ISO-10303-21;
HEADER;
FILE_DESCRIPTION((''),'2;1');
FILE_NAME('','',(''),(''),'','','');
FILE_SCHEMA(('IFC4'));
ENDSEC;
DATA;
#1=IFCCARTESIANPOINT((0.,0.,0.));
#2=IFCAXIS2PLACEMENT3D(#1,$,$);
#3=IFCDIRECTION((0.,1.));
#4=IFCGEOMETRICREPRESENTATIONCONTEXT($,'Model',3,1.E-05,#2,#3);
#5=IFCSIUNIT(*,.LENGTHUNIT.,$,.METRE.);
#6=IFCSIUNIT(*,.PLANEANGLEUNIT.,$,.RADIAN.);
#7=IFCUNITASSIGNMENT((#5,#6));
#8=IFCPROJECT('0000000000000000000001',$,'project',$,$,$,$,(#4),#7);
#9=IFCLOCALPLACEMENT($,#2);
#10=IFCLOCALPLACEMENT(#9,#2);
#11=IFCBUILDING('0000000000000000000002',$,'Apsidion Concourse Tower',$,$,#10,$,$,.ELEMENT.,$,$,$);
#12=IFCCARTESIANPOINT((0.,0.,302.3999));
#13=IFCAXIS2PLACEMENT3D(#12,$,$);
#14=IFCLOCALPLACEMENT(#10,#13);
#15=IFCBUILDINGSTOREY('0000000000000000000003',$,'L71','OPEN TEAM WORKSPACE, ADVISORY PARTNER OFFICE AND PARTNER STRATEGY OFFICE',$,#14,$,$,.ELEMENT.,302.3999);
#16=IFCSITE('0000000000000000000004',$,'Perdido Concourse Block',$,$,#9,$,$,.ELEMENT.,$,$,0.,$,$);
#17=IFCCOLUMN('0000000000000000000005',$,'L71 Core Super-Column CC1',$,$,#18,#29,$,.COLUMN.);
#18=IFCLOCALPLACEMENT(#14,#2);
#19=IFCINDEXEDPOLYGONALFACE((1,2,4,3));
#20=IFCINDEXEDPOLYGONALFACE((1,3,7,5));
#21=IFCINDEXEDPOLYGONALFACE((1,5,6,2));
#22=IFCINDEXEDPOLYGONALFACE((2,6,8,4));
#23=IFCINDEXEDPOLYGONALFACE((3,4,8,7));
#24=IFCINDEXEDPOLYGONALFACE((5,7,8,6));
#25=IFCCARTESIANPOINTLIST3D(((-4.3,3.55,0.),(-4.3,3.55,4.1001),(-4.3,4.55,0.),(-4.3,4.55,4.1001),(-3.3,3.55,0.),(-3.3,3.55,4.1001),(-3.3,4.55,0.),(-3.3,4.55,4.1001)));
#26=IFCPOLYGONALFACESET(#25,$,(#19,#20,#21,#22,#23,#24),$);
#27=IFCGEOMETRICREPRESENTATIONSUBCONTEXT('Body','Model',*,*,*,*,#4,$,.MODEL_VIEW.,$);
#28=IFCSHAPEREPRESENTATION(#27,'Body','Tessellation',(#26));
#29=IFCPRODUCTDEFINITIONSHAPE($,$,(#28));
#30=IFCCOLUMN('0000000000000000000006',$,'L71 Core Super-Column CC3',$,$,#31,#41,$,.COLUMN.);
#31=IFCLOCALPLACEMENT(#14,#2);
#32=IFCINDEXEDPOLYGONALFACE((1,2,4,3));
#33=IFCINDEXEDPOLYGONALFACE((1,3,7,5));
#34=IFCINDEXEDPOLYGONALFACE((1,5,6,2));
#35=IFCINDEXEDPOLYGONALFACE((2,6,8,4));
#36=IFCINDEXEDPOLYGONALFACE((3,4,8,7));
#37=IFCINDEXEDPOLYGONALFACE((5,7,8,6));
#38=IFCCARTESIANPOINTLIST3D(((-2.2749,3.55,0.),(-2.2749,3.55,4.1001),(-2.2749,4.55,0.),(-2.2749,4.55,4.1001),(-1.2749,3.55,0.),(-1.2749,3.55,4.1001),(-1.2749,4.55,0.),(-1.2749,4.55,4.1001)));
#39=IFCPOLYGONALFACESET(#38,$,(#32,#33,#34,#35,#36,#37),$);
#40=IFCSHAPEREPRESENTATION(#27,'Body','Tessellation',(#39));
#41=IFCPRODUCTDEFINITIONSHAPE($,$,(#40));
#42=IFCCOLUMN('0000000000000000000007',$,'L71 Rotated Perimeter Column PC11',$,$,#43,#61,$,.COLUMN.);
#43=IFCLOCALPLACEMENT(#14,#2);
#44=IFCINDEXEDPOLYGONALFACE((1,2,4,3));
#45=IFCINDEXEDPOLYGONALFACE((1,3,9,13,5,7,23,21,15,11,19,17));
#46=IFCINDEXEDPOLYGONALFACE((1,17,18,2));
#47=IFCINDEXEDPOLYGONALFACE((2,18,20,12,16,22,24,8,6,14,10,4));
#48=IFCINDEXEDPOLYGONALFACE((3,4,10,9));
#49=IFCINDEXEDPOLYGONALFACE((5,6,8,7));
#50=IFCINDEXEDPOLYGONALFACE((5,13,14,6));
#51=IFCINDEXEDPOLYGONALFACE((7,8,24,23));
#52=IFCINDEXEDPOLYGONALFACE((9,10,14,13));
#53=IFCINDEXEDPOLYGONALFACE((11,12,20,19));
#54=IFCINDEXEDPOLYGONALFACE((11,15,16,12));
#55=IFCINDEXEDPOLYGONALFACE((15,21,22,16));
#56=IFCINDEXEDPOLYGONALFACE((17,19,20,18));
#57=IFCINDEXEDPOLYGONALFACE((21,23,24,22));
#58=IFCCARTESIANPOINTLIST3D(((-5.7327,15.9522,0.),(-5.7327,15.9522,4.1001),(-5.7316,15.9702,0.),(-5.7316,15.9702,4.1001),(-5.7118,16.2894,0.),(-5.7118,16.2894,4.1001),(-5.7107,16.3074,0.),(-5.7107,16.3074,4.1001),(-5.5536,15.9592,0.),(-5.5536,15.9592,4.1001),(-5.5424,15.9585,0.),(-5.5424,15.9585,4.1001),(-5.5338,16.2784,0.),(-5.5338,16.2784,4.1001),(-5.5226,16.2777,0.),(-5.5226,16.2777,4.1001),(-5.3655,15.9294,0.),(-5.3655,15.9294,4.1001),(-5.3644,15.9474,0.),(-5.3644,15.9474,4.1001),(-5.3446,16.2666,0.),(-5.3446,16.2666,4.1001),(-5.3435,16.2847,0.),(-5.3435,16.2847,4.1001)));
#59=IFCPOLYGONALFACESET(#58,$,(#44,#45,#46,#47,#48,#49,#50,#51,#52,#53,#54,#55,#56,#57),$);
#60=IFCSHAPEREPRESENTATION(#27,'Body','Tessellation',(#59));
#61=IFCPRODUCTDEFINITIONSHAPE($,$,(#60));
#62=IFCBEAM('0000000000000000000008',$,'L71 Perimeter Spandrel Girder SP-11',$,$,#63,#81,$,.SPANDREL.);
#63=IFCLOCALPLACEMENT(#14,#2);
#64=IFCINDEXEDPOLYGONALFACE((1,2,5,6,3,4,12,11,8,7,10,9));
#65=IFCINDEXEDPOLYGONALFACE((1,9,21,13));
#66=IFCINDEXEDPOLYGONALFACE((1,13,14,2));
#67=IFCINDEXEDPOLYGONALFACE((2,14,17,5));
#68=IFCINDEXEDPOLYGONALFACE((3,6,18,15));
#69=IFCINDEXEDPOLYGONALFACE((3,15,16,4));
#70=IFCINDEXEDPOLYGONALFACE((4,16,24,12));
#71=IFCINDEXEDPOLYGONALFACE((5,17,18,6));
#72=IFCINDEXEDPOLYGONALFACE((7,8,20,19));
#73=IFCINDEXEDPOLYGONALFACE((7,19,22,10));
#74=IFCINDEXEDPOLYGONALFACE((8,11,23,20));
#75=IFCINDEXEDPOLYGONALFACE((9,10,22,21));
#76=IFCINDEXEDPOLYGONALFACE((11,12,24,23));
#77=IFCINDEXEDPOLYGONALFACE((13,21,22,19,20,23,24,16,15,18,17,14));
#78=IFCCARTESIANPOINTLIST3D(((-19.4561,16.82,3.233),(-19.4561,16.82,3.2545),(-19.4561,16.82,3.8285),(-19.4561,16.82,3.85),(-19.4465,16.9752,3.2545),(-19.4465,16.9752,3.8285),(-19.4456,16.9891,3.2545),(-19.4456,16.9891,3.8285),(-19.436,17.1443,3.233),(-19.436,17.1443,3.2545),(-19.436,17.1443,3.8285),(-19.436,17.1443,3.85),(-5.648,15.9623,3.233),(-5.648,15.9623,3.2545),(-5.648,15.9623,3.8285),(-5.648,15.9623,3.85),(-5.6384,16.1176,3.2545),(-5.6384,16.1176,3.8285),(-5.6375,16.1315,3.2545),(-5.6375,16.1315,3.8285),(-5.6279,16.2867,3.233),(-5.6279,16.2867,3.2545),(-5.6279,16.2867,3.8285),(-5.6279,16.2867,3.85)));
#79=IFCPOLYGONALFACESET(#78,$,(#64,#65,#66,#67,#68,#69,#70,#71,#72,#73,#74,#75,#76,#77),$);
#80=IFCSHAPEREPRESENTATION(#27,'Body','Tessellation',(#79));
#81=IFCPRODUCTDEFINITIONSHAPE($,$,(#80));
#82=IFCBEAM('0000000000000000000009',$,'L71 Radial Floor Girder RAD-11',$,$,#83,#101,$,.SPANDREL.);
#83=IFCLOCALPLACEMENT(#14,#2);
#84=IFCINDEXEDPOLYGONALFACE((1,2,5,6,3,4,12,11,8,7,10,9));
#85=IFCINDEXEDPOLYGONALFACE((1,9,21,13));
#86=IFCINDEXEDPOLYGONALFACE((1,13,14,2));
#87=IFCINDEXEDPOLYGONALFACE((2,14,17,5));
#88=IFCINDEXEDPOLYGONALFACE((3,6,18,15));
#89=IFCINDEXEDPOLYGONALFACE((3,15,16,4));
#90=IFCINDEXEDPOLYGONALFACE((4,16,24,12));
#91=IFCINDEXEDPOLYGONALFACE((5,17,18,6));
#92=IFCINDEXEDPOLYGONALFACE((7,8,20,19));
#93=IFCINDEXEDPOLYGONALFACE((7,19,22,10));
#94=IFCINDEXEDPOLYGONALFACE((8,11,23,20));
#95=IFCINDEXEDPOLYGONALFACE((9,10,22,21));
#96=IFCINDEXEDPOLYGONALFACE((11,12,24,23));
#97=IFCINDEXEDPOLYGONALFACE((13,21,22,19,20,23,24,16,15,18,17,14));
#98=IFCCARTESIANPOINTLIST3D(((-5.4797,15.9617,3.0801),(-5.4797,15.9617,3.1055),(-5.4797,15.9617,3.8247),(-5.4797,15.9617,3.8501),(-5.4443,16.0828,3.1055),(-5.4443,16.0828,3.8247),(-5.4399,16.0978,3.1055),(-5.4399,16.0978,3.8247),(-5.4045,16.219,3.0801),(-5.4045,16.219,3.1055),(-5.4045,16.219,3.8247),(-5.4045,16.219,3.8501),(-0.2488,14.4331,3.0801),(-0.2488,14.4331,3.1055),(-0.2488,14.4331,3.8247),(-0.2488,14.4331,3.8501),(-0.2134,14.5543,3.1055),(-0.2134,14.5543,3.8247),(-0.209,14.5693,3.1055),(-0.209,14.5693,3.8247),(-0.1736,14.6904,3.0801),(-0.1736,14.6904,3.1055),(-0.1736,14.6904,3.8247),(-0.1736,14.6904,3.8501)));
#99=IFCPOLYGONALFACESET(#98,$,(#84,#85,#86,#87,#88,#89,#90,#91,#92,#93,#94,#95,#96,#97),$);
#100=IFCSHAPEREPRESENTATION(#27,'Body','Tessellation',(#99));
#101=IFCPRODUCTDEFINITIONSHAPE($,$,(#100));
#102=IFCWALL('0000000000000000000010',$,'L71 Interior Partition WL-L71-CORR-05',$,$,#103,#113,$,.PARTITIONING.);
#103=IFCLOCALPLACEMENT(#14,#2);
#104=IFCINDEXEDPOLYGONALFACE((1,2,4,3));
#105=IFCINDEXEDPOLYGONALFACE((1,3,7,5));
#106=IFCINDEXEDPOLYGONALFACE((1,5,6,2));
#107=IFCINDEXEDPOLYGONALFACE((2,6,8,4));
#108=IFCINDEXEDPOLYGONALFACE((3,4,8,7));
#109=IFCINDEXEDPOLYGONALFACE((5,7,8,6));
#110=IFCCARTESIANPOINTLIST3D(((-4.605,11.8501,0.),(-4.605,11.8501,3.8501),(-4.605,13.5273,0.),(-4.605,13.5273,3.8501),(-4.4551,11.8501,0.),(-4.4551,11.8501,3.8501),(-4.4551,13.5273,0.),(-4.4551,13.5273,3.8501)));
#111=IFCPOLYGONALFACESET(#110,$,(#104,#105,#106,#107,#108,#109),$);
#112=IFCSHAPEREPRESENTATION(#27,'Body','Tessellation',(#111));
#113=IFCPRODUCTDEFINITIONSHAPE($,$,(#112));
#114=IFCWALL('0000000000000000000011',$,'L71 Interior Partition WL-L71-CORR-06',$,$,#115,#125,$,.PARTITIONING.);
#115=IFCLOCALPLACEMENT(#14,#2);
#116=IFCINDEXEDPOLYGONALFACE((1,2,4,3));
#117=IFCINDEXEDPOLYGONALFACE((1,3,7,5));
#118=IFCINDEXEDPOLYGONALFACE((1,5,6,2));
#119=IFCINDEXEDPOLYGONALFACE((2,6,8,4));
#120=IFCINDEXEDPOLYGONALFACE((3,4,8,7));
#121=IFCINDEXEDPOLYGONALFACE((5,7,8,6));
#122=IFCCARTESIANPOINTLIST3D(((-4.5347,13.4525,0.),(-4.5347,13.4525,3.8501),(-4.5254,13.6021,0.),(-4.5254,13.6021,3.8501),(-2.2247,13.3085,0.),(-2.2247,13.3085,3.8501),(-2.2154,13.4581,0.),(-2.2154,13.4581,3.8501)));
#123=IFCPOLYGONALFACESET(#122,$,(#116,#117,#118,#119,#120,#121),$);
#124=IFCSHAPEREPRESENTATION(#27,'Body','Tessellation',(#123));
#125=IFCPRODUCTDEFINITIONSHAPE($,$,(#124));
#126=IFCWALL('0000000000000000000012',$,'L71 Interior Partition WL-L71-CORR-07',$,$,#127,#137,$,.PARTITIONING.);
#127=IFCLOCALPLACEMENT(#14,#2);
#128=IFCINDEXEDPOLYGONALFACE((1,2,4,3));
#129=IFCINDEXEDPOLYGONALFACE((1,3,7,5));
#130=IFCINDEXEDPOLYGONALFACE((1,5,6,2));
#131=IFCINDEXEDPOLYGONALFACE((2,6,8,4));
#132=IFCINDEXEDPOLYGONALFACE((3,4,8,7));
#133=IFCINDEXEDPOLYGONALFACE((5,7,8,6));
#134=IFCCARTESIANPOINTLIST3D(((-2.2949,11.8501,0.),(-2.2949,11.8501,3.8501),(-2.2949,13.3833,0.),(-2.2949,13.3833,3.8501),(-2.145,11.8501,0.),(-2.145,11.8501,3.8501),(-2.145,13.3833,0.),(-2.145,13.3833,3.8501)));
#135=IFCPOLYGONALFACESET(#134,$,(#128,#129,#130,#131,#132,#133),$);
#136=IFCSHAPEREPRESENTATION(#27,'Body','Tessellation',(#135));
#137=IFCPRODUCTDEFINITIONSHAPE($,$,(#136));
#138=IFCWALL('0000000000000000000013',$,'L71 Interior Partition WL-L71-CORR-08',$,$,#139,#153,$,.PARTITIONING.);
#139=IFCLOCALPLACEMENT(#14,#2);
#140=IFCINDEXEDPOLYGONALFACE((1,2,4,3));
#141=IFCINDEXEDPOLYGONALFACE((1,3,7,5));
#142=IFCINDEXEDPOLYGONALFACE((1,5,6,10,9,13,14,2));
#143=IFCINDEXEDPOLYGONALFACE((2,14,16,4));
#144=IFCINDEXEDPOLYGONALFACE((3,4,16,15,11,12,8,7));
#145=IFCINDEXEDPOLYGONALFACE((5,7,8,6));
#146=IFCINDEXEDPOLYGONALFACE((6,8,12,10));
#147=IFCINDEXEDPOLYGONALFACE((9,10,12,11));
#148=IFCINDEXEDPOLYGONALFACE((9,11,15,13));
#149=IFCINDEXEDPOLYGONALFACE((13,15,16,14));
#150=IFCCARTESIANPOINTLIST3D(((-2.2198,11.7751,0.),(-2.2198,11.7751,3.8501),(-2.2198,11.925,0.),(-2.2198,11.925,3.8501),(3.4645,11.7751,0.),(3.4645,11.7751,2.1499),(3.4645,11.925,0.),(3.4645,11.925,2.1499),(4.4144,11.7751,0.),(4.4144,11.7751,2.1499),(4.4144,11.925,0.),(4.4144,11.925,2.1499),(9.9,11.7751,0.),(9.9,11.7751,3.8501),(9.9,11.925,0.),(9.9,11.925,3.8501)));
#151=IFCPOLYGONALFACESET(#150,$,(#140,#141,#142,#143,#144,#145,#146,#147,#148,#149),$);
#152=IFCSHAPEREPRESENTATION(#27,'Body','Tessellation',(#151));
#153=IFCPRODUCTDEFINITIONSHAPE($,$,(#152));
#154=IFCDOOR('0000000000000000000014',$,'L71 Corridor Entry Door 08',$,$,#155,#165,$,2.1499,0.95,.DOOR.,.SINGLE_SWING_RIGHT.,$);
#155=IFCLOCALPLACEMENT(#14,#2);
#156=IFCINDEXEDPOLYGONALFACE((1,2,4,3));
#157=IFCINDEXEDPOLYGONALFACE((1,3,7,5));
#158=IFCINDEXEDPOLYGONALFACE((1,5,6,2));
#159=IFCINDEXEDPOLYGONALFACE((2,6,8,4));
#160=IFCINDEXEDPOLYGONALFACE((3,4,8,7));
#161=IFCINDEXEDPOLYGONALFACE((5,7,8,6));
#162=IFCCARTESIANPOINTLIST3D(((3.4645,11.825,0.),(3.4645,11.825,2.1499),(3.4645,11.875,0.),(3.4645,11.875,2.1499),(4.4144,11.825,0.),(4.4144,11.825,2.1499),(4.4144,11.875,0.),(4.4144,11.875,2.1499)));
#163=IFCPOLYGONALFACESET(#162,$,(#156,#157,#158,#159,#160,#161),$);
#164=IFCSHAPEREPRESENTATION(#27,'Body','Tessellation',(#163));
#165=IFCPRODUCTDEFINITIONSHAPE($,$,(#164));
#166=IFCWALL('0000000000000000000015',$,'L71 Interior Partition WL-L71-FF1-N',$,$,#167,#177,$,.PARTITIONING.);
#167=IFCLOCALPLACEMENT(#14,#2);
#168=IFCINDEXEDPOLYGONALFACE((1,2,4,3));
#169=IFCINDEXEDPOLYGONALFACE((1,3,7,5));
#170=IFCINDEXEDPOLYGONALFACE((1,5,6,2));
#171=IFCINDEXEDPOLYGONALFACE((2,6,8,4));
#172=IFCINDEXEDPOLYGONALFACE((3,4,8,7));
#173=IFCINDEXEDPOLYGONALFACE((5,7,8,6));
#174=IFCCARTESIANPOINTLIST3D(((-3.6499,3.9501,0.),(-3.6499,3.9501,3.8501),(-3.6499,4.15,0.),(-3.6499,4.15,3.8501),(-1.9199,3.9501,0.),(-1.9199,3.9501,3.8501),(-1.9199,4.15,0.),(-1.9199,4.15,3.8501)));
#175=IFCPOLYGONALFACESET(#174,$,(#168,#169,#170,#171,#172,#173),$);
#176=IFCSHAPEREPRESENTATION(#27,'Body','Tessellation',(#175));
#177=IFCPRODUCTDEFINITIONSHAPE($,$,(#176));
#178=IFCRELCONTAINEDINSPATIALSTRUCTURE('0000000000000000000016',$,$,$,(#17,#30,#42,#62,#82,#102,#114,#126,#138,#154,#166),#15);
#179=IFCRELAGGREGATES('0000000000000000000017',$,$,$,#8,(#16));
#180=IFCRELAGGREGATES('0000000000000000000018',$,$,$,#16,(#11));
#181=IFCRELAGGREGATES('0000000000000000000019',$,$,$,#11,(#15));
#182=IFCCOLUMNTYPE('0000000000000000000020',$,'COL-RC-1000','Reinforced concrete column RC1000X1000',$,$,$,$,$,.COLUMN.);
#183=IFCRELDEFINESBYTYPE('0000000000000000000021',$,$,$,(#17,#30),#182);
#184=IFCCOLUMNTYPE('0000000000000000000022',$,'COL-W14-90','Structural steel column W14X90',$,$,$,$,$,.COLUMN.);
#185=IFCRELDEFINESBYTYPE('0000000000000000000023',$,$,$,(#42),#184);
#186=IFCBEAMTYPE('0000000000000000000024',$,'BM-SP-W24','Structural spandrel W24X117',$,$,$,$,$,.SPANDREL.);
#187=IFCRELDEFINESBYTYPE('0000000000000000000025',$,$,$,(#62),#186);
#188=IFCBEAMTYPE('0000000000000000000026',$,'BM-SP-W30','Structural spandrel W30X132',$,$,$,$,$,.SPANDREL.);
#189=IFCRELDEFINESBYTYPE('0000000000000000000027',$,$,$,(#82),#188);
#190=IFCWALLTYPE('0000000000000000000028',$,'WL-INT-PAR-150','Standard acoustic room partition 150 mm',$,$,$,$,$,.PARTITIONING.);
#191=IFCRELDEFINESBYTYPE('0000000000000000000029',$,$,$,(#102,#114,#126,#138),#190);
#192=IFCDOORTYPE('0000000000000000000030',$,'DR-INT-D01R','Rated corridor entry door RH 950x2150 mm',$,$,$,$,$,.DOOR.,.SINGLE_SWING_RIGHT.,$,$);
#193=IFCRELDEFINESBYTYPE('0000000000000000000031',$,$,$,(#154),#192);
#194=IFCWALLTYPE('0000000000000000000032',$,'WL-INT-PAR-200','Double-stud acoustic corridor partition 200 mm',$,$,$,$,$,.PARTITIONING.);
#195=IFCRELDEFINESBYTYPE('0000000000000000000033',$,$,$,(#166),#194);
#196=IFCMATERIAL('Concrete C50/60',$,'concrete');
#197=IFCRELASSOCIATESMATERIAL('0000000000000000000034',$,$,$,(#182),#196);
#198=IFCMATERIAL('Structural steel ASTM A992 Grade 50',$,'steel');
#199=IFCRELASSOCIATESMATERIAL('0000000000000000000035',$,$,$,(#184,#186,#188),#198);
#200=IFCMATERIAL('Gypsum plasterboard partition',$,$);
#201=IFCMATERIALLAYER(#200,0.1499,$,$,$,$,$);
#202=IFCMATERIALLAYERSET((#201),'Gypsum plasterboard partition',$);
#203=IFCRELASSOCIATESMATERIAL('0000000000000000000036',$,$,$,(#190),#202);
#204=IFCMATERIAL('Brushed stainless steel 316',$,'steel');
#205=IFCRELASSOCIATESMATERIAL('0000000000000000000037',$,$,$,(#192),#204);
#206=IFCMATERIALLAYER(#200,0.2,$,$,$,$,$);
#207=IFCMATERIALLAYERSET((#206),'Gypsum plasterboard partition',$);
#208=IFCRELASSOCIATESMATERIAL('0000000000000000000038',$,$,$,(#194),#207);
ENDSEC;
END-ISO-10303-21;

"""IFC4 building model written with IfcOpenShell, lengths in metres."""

from ifc_helpers import new_model, si_unit, direction, frame, frame_2d, origin, origin_2d, place, context, subcontext, project, spatial, rectangle, i_section, extrude, material, layer, layer_set, material_profile, profile_set, type_object, element, fill, save


model = new_model("IFC4")

# Units and contexts
model_context = context("Model", 3, precision=1e-05, world=origin(), true_north=direction((0.0, 1.0)))
body_context = subcontext(model_context, "Body", "Model", "MODEL_VIEW")
ifc_project = project(units=[si_unit("LENGTHUNIT", "METRE"), si_unit("PLANEANGLEUNIT", "RADIAN")], contexts=[model_context])

# Site, building, storey
site_placement = place(None, origin())
site = spatial("IfcSite", under=ifc_project, at=site_placement, Name="Perdido Concourse Block", CompositionType="ELEMENT", RefElevation=0.0)
building_placement = place(site_placement, origin())
building = spatial("IfcBuilding", under=site, at=building_placement, Name="Apsidion Concourse Tower", CompositionType="ELEMENT")
storey_placement = place(building_placement, frame((0.0, 0.0, 302.3999)))
storey = spatial("IfcBuildingStorey", under=building, at=storey_placement, Name="L71", Description="OPEN TEAM WORKSPACE, ADVISORY PARTNER OFFICE AND PARTNER STRATEGY OFFICE", CompositionType="ELEMENT", Elevation=302.3999)

# Columns
ifc_material_1 = material(Name="Concrete C50/60", Category="concrete")
ifc_material_profile_1 = material_profile(ifc_material_1, rectangle(XDim=1.0, YDim=1.0, at=origin_2d()), Name="RC 1000x1000")
ifc_profile_set_1 = profile_set([ifc_material_profile_1], Name="Concrete C50/60")
column_type_1 = type_object("IfcColumnType", Name="COL-RC-1000", Description="Reinforced concrete column RC1000X1000", PredefinedType="COLUMN", material=ifc_profile_set_1)
for number, where, z_axis, x_axis, name in (
    (1, (-3.8, 4.05, 0.0), (0.0, 0.0, 1.0), (1.0, 0.0, 0.0), "L71 Core Super-Column CC1"),
    (2, (-1.7749, 4.05, 0.0), (0.0, 0.0, 1.0), (1.0, 0.0, 0.0), "L71 Core Super-Column CC3"),
):
    element("IfcColumn", number, at=place(storey_placement, frame(where, z_axis=z_axis, x_axis=x_axis)), inside=storey, type_object=column_type_1, Name=name, PredefinedType="COLUMN", context=body_context, shape_type="SweptSolid", body=[
        extrude(rectangle(XDim=1.0, YDim=1.0, at=origin_2d()), origin(), (0.0, 0.0, 1.0), 4.1001),
    ])
ifc_material_2 = material(Name="Structural steel ASTM A992 Grade 50", Category="steel")
ifc_material_profile_2 = material_profile(ifc_material_2, i_section(OverallWidth=0.3679, OverallDepth=0.356, WebThickness=0.0112, FlangeThickness=0.0181, at=origin_2d()), Name="W14X90")
ifc_profile_set_2 = profile_set([ifc_material_profile_2], Name="Structural steel ASTM A992 Grade 50")
column_type_2 = type_object("IfcColumnType", Name="COL-W14-90", Description="Structural steel column W14X90", PredefinedType="COLUMN", material=ifc_profile_set_2)
column_placement = place(storey_placement, frame((-5.5381, 16.1184, 0.0), z_axis=(0.0, 0.0, 1.0), x_axis=(-0.998081, 0.06192, 0.0)))
element("IfcColumn", 3, at=column_placement, inside=storey, type_object=column_type_2, Name="L71 Rotated Perimeter Column PC11", PredefinedType="COLUMN", context=body_context, shape_type="SweptSolid", body=[
    extrude(i_section(OverallWidth=0.3679, OverallDepth=0.356, WebThickness=0.0112, FlangeThickness=0.0181, at=origin_2d()), origin(), (0.0, 0.0, 1.0), 4.1001),
])

# Beams
ifc_material_profile_3 = material_profile(ifc_material_2, i_section(OverallWidth=0.325, OverallDepth=0.6169, WebThickness=0.0139, FlangeThickness=0.0215, at=origin_2d()), Name="W24X117")
ifc_profile_set_3 = profile_set([ifc_material_profile_3], Name="Structural steel ASTM A992 Grade 50")
beam_type_1 = type_object("IfcBeamType", Name="BM-SP-W24", Description="Structural spandrel W24X117", PredefinedType="SPANDREL", material=ifc_profile_set_3)
beam_1_placement = place(storey_placement, frame((-5.6379, 16.1245, 3.5415), z_axis=(-0.998077, 0.061994, 0.0), x_axis=(-0.061994, -0.998077, 0.0)))
element("IfcBeam", 4, at=beam_1_placement, inside=storey, type_object=beam_type_1, Name="L71 Perimeter Spandrel Girder SP-11", PredefinedType="SPANDREL", context=body_context, shape_type="SweptSolid", body=[
    extrude(i_section(OverallWidth=0.325, OverallDepth=0.6169, WebThickness=0.0139, FlangeThickness=0.0215, at=origin_2d()), origin(), (0.0, 0.0, 1.0), 13.8347),
])
ifc_material_profile_4 = material_profile(ifc_material_2, i_section(OverallWidth=0.2681, OverallDepth=0.77, WebThickness=0.0156, FlangeThickness=0.0254, at=origin_2d()), Name="W30X132")
ifc_profile_set_4 = profile_set([ifc_material_profile_4], Name="Structural steel ASTM A992 Grade 50")
beam_type_2 = type_object("IfcBeamType", Name="BM-SP-W30", Description="Structural spandrel W30X132", PredefinedType="SPANDREL", material=ifc_profile_set_4)
beam_2_placement = place(storey_placement, frame((-0.2112, 14.5618, 3.4651), z_axis=(-0.959858, 0.280485, 0.0), x_axis=(-0.280485, -0.959858, 0.0)))
element("IfcBeam", 5, at=beam_2_placement, inside=storey, type_object=beam_type_2, Name="L71 Radial Floor Girder RAD-11", PredefinedType="SPANDREL", context=body_context, shape_type="SweptSolid", body=[
    extrude(i_section(OverallWidth=0.2681, OverallDepth=0.77, WebThickness=0.0156, FlangeThickness=0.0254, at=origin_2d()), origin(), (0.0, 0.0, 1.0), 5.4497),
])

# Walls
ifc_material_3 = material(Name="Gypsum plasterboard partition")
ifc_layer_1 = layer(ifc_material_3, 0.1499)
ifc_layer_set_1 = layer_set([ifc_layer_1], Name="Gypsum plasterboard partition")
wall_type_1 = type_object("IfcWallType", Name="WL-INT-PAR-150", Description="Standard acoustic room partition 150 mm", PredefinedType="PARTITIONING", material=ifc_layer_set_1)
wall_1_placement = place(storey_placement, frame((-4.53, 11.8501, 0.0), z_axis=(0.0, 0.0, 1.0), x_axis=(0.0, 1.0, 0.0)))
element("IfcWall", 6, at=wall_1_placement, inside=storey, type_object=wall_type_1, Name="L71 Interior Partition WL-L71-CORR-05", PredefinedType="PARTITIONING", context=body_context, shape_type="SweptSolid", body=[
    extrude(rectangle(XDim=1.6772, YDim=0.1499, at=frame_2d((0.8386, 0.0))), origin(), (0.0, 0.0, 1.0), 3.8501),
])
wall_2_placement = place(storey_placement, frame((-4.53, 13.5273, 0.0), z_axis=(0.0, 0.0, 1.0), x_axis=(0.998062, -0.062234, 0.0)))
element("IfcWall", 7, at=wall_2_placement, inside=storey, type_object=wall_type_1, Name="L71 Interior Partition WL-L71-CORR-06", PredefinedType="PARTITIONING", context=body_context, shape_type="SweptSolid", body=[
    extrude(rectangle(XDim=2.3145, YDim=0.1499, at=frame_2d((1.1572, 0.0))), origin(), (0.0, 0.0, 1.0), 3.8501),
])
wall_3_placement = place(storey_placement, frame((-2.22, 13.3833, 0.0), z_axis=(0.0, 0.0, 1.0), x_axis=(0.0, -1.0, 0.0)))
element("IfcWall", 8, at=wall_3_placement, inside=storey, type_object=wall_type_1, Name="L71 Interior Partition WL-L71-CORR-07", PredefinedType="PARTITIONING", context=body_context, shape_type="SweptSolid", body=[
    extrude(rectangle(XDim=1.5332, YDim=0.1499, at=frame_2d((0.7666, 0.0))), origin(), (0.0, 0.0, 1.0), 3.8501),
])

# Wall, opening, door
wall_4_placement = place(storey_placement, frame((-2.22, 11.8501, 0.0), z_axis=(0.0, 0.0, 1.0), x_axis=(1.0, 0.0, 0.0)))
wall_4 = element("IfcWall", 9, at=wall_4_placement, inside=storey, type_object=wall_type_1, Name="L71 Interior Partition WL-L71-CORR-08", PredefinedType="PARTITIONING", context=body_context, shape_type="SweptSolid", body=[
    extrude(rectangle(XDim=12.1199, YDim=0.1499, at=frame_2d((6.0601, 0.0))), origin(), (0.0, 0.0, 1.0), 3.8501),
])
opening_placement = place(wall_4_placement, frame((5.6843, 0.0, 0.0)))
opening = element("IfcOpeningElement", 10, at=opening_placement, cuts=wall_4, PredefinedType="OPENING", context=body_context, shape_type="SweptSolid", body=[
    extrude(rectangle(XDim=0.95, YDim=2.1499, at=frame_2d((0.4751, 1.075))), frame((0.0, 0.085, 0.0), z_axis=(0.0, -1.0, 0.0), x_axis=(1.0, 0.0, 0.0)), (0.0, 0.0, 1.0), 0.1699),
])
ifc_material_4 = material(Name="Brushed stainless steel 316", Category="steel")
door_type = type_object("IfcDoorType", Name="DR-INT-D01R", Description="Rated corridor entry door RH 950x2150 mm", OperationType="SINGLE_SWING_RIGHT", PredefinedType="DOOR", material=ifc_material_4)
door_placement = place(opening_placement, origin())
door = element("IfcDoor", 11, at=door_placement, inside=storey, type_object=door_type, Name="L71 Corridor Entry Door 08", OperationType="SINGLE_SWING_RIGHT", OverallHeight=2.1499, OverallWidth=0.95, PredefinedType="DOOR", context=body_context, shape_type="SweptSolid", body=[
    extrude(rectangle(XDim=0.95, YDim=2.1499, at=frame_2d((0.4751, 1.075))), frame((0.0, 0.0249, 0.0), z_axis=(0.0, -1.0, 0.0), x_axis=(1.0, 0.0, 0.0)), (0.0, 0.0, 1.0), 0.05),
])
fill(opening, door)

# Wall
ifc_layer_2 = layer(ifc_material_3, 0.2)
ifc_layer_set_2 = layer_set([ifc_layer_2], Name="Gypsum plasterboard partition")
wall_type_2 = type_object("IfcWallType", Name="WL-INT-PAR-200", Description="Double-stud acoustic corridor partition 200 mm", PredefinedType="PARTITIONING", material=ifc_layer_set_2)
wall_5_placement = place(storey_placement, frame((-3.6499, 4.05, 0.0), z_axis=(0.0, 0.0, 1.0), x_axis=(1.0, 0.0, 0.0)))
element("IfcWall", 12, at=wall_5_placement, inside=storey, type_object=wall_type_2, Name="L71 Interior Partition WL-L71-FF1-N", PredefinedType="PARTITIONING", context=body_context, shape_type="SweptSolid", body=[
    extrude(rectangle(XDim=1.73, YDim=0.2, at=frame_2d((0.865, 0.0))), origin(), (0.0, 0.0, 1.0), 3.8501),
])

save(model, "model.ifc")
